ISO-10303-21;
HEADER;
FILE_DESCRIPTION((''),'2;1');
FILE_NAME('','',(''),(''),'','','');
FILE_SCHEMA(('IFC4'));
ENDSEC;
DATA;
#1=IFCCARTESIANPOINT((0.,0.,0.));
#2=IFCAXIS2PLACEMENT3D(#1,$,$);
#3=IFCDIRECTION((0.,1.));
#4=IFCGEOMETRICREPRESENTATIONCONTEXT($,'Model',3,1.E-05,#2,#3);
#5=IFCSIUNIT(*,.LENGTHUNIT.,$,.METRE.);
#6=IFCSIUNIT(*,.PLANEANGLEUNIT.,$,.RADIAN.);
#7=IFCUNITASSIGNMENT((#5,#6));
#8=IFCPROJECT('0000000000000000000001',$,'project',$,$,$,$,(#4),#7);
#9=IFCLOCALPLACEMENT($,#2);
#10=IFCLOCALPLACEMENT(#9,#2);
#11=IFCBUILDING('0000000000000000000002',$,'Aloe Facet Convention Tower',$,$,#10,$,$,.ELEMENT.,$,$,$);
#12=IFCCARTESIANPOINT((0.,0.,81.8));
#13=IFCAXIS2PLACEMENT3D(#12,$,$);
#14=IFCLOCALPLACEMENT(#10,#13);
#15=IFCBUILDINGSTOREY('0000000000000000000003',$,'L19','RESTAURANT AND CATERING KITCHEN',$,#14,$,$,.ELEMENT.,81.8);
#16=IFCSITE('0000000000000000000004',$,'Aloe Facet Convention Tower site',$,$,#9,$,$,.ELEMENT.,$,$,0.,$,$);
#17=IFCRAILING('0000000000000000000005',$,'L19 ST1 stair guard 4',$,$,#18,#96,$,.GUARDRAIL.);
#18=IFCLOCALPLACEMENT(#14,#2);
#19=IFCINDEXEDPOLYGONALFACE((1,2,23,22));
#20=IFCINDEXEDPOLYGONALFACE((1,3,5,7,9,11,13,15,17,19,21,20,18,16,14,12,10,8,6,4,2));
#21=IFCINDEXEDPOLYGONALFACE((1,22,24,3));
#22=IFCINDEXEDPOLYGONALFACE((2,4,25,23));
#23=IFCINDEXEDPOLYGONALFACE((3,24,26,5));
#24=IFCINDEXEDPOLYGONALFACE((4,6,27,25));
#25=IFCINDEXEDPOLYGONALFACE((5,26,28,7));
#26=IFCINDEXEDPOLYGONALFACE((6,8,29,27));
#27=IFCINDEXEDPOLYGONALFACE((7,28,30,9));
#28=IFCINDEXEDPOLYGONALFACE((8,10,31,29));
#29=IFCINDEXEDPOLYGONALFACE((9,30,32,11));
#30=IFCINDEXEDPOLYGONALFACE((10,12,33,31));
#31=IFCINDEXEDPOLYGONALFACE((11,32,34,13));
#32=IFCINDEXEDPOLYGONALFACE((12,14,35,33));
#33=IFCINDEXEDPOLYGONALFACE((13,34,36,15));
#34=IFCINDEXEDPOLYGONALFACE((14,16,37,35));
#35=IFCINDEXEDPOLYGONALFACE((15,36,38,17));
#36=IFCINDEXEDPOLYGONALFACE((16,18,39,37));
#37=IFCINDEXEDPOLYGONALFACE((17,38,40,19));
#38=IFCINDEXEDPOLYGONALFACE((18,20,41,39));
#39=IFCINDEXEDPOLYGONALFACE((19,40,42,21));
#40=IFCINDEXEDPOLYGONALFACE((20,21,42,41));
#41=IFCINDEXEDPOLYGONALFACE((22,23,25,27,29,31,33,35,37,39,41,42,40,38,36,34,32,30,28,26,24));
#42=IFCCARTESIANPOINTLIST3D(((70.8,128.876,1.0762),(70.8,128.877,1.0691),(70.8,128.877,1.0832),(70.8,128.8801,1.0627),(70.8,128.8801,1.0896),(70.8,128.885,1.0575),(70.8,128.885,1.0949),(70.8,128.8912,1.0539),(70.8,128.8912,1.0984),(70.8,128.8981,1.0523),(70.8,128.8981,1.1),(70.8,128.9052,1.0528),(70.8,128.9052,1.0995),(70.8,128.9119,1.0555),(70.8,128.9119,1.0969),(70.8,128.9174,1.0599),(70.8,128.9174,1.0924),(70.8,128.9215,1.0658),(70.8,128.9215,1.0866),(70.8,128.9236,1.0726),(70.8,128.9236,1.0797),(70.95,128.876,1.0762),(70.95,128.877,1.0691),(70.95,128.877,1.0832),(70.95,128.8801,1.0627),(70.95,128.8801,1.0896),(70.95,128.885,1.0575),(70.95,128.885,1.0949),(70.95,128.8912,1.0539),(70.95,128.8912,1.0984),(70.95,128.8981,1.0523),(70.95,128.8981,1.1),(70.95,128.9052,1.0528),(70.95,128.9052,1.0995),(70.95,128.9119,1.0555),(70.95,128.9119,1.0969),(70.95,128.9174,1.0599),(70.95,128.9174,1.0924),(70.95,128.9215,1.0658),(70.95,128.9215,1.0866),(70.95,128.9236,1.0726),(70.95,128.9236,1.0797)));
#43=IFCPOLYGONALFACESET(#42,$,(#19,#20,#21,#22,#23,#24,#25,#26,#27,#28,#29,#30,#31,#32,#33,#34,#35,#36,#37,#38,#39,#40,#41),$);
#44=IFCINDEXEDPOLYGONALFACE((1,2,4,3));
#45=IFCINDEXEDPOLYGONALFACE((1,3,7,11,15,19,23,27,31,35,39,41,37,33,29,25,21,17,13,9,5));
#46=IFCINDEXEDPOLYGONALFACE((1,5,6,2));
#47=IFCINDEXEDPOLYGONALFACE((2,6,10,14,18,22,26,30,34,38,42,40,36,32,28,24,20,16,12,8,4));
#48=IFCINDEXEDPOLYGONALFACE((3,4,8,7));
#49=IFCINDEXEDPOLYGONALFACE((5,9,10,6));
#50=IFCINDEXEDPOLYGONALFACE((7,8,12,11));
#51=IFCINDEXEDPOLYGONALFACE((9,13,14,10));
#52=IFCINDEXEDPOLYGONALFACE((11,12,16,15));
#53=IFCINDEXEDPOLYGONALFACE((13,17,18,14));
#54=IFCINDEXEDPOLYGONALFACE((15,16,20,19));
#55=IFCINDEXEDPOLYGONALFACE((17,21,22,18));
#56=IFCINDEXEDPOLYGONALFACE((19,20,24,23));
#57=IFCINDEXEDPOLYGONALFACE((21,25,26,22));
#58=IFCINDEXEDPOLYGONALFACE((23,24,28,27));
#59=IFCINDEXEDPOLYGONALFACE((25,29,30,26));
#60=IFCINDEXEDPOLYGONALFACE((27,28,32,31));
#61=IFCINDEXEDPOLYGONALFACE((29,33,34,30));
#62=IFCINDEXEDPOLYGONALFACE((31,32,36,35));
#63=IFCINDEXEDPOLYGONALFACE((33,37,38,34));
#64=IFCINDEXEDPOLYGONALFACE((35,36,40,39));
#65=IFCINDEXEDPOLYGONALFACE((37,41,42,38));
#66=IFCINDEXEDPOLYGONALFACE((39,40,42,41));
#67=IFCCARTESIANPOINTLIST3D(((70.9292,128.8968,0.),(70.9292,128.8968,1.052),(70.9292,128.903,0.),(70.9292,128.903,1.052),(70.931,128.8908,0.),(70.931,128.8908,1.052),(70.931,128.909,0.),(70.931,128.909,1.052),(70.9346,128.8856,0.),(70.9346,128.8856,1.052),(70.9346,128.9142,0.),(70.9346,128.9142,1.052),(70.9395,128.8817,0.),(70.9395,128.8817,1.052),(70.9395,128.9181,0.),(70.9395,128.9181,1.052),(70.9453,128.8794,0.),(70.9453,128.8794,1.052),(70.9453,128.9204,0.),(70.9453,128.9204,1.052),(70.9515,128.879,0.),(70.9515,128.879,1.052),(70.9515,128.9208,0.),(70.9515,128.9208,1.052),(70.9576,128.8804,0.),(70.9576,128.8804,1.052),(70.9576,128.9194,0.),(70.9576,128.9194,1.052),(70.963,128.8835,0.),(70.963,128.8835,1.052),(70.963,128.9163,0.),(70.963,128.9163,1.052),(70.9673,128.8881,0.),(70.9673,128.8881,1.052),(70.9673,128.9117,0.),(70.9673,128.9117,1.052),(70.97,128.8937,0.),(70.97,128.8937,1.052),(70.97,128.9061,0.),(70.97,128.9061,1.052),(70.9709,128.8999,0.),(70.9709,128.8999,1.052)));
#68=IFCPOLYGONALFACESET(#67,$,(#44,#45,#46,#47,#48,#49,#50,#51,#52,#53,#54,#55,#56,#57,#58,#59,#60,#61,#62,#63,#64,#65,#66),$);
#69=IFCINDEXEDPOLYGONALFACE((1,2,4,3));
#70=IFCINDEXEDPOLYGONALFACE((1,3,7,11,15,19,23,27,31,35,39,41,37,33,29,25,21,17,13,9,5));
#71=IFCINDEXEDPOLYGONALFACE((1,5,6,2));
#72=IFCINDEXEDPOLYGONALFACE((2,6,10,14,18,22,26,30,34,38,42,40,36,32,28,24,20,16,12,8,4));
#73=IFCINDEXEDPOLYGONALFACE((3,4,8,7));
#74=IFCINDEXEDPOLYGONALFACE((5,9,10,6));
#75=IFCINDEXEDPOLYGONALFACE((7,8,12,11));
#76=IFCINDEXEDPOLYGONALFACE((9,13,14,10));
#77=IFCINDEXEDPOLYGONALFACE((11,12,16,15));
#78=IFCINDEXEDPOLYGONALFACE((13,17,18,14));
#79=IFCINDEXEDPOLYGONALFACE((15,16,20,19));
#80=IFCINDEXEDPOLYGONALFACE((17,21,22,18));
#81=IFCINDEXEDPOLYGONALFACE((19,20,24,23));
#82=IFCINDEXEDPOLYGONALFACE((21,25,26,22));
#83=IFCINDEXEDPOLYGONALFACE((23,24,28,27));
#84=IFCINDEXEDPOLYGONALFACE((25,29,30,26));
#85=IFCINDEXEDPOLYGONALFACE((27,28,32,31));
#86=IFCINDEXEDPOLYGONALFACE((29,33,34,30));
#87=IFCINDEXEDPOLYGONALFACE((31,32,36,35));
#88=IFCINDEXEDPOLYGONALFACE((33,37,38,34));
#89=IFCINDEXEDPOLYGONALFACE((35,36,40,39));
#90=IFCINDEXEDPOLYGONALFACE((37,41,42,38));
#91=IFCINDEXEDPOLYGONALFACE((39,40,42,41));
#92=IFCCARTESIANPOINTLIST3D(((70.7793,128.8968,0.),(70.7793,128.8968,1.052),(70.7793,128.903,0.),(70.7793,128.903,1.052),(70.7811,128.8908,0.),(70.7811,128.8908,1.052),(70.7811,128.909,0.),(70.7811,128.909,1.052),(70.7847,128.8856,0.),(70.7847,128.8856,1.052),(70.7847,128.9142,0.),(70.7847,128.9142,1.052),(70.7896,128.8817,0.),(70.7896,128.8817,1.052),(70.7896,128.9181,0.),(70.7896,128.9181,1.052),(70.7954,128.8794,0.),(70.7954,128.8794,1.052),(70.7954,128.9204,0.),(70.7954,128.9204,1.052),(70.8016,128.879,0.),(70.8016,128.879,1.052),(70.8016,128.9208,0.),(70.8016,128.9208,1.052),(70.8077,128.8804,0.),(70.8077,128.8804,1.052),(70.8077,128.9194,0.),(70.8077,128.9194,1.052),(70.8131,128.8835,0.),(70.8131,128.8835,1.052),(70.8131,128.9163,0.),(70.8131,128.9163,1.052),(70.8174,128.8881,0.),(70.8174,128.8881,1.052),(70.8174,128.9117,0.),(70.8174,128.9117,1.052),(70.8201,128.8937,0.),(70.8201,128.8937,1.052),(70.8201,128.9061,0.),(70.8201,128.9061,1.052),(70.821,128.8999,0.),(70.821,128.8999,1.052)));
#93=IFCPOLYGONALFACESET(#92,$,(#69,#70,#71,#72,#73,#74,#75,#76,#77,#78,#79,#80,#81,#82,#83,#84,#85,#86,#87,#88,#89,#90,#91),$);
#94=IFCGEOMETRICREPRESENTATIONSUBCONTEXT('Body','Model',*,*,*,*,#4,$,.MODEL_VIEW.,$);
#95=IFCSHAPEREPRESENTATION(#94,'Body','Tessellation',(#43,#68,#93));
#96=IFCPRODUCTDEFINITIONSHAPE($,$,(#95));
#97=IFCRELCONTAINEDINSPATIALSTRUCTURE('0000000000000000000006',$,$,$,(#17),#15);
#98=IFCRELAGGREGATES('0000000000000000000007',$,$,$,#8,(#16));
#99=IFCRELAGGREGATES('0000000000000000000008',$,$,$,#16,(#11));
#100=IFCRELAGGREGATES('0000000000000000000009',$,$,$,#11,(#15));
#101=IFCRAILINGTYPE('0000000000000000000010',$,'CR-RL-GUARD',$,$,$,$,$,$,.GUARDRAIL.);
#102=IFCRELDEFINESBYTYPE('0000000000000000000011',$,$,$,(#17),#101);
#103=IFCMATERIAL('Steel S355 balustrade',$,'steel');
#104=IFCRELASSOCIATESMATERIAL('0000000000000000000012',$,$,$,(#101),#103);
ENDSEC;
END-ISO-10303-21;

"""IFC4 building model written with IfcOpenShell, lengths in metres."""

from ifc_helpers import new_model, si_unit, direction, frame, origin, origin_2d, place, context, subcontext, project, spatial, circle, extrude, material, type_object, element, save


model = new_model("IFC4")

# Units and contexts
model_context = context("Model", 3, precision=1e-05, world=origin(), true_north=direction((0.0, 1.0)))
body_context = subcontext(model_context, "Body", "Model", "MODEL_VIEW")
ifc_project = project(units=[si_unit("LENGTHUNIT", "METRE"), si_unit("PLANEANGLEUNIT", "RADIAN")], contexts=[model_context])

# Site, building, storey
site_placement = place(None, origin())
site = spatial("IfcSite", under=ifc_project, at=site_placement, Name="Aloe Facet Convention Tower site", CompositionType="ELEMENT", RefElevation=0.0)
building_placement = place(site_placement, origin())
building = spatial("IfcBuilding", under=site, at=building_placement, Name="Aloe Facet Convention Tower", CompositionType="ELEMENT")
storey_placement = place(building_placement, frame((0.0, 0.0, 81.8)))
storey = spatial("IfcBuildingStorey", under=building, at=storey_placement, Name="L19", Description="RESTAURANT AND CATERING KITCHEN", CompositionType="ELEMENT", Elevation=81.8)

# Railing
ifc_material_1 = material(Name="Steel S355 balustrade", Category="steel")
railing_type_1 = type_object("IfcRailingType", Name="CR-RL-GUARD", PredefinedType="GUARDRAIL", material=ifc_material_1)
railing_1_placement = place(storey_placement, frame((70.95, 128.8999, 0.0)))
element("IfcRailing", 1, at=railing_1_placement, inside=storey, type_object=railing_type_1, Name="L19 ST1 stair guard 4", PredefinedType="GUARDRAIL", context=body_context, shape_type="SweptSolid", body=[
    extrude(circle(Radius=0.0239, at=origin_2d()), frame((0.0, 0.0, 1.0762), z_axis=(-1.0, 0.0, 0.0), x_axis=(0.0, -1.0, 0.0)), (0.0, 0.0, 1.0), 0.1499),
    extrude(circle(Radius=0.021, at=origin_2d()), origin(), (0.0, 0.0, 1.0), 1.052),
    extrude(circle(Radius=0.021, at=origin_2d()), frame((-0.1499, 0.0, 0.0)), (0.0, 0.0, 1.0), 1.052),
])

save(model, "model.ifc")
